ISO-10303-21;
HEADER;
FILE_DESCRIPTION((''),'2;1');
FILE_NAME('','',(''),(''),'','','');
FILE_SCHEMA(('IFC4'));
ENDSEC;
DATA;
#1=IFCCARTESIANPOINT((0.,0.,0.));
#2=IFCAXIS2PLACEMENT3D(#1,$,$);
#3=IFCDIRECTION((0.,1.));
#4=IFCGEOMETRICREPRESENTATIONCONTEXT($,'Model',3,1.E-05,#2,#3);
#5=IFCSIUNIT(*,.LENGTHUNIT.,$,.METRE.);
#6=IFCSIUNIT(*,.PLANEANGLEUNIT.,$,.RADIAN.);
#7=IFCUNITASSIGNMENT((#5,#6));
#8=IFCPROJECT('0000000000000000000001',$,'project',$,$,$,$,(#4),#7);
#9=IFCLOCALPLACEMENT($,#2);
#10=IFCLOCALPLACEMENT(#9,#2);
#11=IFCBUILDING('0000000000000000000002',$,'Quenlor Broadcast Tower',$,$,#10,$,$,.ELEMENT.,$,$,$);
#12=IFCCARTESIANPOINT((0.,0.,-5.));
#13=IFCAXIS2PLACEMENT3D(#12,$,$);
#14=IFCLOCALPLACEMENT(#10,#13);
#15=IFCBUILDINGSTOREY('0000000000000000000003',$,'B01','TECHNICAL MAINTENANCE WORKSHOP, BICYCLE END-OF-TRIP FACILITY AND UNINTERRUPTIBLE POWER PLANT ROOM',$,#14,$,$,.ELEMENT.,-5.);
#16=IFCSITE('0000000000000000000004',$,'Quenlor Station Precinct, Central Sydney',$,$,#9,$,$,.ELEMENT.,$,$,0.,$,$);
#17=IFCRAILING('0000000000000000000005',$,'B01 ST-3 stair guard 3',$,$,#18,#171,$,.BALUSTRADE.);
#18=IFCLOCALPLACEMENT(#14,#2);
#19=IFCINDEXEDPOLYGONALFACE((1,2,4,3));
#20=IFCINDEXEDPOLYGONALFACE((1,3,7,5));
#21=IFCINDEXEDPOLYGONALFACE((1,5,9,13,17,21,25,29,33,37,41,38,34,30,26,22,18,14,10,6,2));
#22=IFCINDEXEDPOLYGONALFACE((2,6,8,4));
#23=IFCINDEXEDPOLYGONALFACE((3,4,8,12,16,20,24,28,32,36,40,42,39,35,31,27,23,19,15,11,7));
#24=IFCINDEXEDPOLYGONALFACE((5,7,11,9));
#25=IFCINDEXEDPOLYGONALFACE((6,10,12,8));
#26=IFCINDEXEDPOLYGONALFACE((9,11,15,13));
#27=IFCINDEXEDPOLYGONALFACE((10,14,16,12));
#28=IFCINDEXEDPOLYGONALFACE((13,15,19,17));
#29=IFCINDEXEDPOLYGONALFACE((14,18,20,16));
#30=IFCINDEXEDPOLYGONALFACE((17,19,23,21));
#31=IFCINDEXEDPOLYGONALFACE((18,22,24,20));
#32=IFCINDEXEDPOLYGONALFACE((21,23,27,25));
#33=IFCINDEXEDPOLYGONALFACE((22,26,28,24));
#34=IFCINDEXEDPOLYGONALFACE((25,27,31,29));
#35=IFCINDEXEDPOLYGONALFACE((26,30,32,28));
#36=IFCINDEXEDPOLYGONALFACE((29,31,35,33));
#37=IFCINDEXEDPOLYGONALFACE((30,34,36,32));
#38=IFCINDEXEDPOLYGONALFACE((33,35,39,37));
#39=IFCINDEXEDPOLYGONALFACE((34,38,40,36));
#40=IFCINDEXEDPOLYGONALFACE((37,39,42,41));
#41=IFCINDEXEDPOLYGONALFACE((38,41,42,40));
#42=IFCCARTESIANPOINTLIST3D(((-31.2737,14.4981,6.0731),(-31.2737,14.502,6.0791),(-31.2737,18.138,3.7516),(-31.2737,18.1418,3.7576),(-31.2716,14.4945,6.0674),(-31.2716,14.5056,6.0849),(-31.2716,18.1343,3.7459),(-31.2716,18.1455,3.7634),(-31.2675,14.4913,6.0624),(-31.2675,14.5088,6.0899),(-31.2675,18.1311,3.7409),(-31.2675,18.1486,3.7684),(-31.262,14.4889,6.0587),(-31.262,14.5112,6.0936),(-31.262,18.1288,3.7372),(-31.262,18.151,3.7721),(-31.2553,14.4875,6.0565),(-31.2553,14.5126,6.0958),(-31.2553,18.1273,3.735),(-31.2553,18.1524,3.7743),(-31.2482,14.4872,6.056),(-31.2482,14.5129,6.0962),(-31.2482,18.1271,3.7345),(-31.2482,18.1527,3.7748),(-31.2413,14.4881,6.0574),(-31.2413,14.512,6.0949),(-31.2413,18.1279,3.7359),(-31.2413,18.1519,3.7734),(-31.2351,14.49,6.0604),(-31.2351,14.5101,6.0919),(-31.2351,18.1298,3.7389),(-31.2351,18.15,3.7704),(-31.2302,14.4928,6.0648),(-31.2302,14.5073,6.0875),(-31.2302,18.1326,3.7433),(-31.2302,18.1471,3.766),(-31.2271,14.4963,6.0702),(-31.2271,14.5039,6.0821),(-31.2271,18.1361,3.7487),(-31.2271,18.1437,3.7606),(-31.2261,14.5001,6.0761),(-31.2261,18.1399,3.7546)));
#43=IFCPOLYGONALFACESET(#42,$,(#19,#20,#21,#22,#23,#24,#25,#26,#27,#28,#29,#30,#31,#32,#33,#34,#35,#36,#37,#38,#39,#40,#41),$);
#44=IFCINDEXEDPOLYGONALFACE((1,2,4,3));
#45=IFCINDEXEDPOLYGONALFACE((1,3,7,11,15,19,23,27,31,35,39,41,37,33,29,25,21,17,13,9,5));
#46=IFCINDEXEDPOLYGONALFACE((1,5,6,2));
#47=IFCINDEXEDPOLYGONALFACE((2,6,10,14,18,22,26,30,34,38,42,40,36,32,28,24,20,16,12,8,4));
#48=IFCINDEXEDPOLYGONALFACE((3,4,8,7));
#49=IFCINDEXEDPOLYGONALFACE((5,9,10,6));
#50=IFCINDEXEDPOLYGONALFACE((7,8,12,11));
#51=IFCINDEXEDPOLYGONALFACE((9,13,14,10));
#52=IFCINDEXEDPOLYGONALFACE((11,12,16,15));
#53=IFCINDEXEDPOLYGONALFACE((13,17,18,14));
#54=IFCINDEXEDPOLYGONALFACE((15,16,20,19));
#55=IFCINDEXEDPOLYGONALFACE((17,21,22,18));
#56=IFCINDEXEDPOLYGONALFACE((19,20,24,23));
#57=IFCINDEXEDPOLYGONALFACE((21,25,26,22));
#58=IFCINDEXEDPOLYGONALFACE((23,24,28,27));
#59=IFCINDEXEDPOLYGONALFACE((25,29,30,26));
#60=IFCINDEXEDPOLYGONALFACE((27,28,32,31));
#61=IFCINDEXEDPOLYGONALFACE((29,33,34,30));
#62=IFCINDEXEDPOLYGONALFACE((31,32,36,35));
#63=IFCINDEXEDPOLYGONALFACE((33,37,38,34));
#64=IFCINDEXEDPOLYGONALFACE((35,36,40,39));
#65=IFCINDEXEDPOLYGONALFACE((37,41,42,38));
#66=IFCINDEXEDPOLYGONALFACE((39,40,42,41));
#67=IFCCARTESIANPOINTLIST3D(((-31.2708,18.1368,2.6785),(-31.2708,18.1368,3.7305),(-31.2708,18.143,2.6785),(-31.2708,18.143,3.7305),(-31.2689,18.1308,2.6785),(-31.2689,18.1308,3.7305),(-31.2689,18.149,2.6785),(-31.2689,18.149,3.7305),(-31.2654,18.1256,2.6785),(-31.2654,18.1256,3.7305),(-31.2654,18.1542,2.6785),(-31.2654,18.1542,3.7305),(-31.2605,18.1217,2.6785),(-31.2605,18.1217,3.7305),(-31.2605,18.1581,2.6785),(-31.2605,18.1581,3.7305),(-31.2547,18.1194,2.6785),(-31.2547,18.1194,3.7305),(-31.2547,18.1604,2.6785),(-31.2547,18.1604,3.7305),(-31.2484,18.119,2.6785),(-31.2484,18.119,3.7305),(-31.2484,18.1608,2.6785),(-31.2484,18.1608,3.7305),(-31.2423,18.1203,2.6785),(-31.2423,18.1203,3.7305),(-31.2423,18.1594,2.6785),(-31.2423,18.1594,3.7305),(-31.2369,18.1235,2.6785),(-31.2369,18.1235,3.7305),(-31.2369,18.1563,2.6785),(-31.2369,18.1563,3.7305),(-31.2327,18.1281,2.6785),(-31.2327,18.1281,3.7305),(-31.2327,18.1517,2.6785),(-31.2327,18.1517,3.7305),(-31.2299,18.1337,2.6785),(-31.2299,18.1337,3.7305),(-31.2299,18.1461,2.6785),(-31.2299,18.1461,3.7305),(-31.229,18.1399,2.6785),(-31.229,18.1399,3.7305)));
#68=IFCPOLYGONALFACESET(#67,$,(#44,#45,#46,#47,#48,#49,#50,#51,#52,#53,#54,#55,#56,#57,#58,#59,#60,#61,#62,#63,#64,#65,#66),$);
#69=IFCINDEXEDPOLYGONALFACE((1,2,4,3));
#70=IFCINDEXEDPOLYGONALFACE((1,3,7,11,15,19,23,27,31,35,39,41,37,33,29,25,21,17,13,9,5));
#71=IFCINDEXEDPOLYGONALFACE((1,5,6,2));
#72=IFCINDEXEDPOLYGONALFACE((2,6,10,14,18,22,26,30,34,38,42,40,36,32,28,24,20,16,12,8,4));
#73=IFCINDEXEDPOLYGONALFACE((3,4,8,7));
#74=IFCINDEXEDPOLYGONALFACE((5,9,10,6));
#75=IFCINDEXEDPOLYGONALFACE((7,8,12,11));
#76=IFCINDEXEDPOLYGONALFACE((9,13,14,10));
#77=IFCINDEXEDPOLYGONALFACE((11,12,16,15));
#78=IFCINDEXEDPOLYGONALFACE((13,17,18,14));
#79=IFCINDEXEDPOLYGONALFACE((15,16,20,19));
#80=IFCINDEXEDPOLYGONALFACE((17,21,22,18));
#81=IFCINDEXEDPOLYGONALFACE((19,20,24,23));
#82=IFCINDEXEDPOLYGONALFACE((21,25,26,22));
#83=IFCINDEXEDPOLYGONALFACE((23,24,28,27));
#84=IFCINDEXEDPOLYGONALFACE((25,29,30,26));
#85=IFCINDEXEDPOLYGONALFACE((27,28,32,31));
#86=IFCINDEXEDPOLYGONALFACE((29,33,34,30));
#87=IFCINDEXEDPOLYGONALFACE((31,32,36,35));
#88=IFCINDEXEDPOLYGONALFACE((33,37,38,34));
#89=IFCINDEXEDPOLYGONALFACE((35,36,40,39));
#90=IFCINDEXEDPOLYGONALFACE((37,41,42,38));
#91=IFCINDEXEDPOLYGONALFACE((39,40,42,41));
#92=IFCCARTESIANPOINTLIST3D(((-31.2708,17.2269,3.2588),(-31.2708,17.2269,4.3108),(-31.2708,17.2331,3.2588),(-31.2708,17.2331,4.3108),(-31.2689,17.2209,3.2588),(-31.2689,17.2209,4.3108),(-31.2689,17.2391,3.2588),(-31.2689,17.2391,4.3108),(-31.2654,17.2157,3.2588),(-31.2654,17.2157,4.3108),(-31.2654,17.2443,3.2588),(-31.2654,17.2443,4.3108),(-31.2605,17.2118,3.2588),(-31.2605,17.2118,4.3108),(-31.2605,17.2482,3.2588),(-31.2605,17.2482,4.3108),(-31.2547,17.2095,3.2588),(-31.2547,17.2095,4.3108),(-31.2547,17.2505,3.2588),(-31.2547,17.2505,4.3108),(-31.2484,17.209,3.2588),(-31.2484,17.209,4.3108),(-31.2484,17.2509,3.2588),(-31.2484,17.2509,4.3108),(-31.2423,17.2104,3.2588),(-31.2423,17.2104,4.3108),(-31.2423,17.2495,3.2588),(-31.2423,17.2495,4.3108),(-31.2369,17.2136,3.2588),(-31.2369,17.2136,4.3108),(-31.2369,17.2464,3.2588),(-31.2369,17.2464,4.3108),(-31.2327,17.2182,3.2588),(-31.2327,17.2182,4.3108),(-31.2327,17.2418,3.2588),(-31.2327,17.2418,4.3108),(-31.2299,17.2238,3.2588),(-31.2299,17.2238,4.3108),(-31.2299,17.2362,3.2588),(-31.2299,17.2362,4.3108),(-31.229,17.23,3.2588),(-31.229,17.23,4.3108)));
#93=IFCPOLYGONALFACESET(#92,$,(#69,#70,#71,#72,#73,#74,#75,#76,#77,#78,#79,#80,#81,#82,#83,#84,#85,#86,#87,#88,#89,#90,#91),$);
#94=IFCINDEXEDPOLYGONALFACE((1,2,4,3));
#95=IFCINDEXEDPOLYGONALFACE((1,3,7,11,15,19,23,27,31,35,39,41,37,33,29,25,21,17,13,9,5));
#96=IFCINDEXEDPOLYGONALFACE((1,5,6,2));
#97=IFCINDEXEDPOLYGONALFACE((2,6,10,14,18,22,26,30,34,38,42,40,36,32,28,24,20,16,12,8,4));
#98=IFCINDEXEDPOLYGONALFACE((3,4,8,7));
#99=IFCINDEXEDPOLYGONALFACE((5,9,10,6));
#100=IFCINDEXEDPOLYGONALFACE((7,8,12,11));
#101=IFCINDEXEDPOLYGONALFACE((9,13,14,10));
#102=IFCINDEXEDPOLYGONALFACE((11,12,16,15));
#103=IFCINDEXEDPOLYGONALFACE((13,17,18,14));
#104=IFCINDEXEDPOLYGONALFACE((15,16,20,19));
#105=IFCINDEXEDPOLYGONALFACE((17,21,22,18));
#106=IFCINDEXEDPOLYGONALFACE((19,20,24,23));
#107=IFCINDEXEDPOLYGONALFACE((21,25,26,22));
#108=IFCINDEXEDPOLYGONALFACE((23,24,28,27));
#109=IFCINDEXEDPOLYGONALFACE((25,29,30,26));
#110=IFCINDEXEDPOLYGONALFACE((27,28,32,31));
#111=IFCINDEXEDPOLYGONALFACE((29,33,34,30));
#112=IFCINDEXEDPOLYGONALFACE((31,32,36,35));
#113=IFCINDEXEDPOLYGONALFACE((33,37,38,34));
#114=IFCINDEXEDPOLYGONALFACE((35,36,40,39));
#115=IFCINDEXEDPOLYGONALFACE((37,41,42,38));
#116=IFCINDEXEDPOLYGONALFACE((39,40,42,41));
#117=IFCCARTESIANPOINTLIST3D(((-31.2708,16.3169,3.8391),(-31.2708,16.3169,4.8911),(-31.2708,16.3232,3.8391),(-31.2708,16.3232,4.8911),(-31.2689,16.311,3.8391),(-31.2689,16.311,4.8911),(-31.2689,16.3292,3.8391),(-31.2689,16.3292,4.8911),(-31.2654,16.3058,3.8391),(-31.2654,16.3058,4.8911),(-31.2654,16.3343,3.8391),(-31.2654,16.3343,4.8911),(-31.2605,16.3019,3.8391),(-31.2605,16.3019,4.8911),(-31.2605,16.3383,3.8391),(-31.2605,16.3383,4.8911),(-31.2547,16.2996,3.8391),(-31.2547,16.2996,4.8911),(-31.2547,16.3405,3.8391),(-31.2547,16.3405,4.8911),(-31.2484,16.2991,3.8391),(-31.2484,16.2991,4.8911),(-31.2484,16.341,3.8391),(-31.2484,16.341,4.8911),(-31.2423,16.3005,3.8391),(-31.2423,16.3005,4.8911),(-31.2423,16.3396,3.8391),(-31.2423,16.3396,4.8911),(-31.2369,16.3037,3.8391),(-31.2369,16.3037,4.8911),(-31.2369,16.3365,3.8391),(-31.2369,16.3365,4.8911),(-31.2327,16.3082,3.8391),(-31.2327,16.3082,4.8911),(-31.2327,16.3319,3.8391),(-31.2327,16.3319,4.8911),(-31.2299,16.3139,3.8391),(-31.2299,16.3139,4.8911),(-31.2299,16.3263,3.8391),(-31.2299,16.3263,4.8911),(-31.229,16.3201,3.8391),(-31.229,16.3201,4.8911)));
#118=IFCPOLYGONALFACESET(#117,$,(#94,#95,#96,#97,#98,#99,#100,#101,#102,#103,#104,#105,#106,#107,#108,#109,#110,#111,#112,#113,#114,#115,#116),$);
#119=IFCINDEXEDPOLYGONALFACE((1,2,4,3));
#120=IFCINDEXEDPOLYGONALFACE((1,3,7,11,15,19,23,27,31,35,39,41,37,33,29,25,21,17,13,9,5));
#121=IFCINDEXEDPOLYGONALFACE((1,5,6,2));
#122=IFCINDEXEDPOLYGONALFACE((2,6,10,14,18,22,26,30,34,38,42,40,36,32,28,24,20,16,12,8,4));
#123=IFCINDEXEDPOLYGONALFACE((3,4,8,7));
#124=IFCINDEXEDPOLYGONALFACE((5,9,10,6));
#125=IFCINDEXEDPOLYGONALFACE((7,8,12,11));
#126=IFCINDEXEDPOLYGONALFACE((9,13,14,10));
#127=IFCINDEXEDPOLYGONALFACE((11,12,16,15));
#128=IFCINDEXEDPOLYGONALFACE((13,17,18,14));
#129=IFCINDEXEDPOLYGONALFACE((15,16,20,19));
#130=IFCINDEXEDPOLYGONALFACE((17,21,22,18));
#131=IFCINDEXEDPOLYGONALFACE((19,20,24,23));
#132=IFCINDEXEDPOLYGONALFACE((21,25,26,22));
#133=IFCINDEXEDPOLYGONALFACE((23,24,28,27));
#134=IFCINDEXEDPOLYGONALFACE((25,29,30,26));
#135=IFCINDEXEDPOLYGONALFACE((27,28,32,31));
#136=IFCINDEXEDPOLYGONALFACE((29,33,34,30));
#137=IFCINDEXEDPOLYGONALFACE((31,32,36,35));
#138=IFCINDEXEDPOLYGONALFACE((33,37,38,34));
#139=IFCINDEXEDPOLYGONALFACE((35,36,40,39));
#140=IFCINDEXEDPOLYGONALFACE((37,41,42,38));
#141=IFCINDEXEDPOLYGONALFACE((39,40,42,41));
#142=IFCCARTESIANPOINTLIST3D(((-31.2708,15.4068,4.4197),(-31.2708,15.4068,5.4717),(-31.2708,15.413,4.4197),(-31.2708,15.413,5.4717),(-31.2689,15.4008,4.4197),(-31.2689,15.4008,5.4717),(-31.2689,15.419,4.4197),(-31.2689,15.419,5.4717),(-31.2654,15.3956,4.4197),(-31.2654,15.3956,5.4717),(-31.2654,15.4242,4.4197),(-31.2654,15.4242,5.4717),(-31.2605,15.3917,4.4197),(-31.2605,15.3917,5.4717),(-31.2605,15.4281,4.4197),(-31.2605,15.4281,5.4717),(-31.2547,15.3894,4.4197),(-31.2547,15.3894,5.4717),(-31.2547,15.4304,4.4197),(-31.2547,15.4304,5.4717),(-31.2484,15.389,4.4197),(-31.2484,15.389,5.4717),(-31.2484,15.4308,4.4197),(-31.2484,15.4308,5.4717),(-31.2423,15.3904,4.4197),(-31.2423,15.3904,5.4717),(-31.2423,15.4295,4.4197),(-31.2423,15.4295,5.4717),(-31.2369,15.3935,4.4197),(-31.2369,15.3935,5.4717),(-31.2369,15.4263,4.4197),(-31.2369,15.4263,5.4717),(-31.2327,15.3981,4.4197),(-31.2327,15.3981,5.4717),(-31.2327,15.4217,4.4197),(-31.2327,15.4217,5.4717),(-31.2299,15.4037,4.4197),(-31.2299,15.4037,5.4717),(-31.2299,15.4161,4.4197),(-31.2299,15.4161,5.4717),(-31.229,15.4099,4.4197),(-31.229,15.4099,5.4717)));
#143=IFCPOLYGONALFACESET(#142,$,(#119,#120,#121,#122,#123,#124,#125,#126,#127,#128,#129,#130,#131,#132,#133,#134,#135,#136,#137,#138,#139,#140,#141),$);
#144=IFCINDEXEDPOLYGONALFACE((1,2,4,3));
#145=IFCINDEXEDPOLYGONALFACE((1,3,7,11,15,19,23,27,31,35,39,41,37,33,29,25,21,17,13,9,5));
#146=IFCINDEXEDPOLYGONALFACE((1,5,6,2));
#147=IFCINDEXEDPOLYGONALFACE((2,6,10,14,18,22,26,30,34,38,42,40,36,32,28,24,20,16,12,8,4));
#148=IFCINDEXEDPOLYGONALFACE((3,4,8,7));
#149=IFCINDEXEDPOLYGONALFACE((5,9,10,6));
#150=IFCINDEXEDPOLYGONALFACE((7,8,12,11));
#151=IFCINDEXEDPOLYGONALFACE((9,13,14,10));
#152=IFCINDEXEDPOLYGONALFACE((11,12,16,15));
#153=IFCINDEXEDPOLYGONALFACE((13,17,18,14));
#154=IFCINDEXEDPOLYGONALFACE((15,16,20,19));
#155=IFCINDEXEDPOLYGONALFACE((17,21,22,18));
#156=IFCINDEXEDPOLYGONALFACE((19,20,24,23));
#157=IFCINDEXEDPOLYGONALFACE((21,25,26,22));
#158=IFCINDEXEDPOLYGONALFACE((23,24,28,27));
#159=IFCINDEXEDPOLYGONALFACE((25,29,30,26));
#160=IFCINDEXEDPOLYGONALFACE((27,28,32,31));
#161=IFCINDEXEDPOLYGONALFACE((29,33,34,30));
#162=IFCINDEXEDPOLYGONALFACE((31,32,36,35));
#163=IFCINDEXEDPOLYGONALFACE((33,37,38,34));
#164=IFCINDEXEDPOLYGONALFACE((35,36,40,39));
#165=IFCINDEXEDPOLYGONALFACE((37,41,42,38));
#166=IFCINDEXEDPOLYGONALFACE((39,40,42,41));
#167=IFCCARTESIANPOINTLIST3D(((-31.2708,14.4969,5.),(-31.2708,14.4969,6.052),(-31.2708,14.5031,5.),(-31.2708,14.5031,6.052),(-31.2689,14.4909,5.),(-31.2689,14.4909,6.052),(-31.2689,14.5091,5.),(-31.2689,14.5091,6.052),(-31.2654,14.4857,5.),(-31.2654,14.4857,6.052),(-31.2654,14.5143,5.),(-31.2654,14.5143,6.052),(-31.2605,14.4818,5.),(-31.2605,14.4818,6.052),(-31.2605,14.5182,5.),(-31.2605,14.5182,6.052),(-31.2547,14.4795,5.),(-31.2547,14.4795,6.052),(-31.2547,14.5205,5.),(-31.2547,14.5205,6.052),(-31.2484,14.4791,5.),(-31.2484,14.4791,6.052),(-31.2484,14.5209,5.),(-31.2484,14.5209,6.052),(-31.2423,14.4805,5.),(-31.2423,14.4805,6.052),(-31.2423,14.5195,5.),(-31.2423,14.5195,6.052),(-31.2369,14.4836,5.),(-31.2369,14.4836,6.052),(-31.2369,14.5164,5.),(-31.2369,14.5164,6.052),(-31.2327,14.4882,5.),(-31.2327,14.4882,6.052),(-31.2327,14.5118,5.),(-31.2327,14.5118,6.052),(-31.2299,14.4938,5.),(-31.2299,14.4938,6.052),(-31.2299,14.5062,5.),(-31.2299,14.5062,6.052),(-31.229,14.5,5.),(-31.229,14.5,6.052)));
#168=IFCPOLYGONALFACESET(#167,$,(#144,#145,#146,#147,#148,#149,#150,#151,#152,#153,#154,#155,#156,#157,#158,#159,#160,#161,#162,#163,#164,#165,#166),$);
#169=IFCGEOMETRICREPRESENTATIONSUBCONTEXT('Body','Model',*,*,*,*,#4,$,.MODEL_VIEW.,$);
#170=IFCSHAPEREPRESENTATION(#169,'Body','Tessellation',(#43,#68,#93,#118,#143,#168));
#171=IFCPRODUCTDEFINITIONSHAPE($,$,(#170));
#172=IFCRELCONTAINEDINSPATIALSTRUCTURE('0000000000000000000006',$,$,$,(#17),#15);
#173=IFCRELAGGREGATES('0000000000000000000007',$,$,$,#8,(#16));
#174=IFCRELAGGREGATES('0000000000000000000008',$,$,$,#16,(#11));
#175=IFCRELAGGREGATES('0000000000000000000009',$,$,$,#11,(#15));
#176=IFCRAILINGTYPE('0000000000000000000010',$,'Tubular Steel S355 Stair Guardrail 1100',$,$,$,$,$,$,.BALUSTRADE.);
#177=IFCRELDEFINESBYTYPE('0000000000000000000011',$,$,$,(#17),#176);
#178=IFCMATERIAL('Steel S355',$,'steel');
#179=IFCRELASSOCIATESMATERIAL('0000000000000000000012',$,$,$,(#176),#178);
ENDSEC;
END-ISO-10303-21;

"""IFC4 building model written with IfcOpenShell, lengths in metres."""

from ifc_helpers import new_model, si_unit, direction, frame, origin, origin_2d, place, context, subcontext, project, spatial, circle, extrude, material, type_object, element, save


model = new_model("IFC4")

# Units and contexts
model_context = context("Model", 3, precision=1e-05, world=origin(), true_north=direction((0.0, 1.0)))
body_context = subcontext(model_context, "Body", "Model", "MODEL_VIEW")
ifc_project = project(units=[si_unit("LENGTHUNIT", "METRE"), si_unit("PLANEANGLEUNIT", "RADIAN")], contexts=[model_context])

# Site, building, storey
site_placement = place(None, origin())
site = spatial("IfcSite", under=ifc_project, at=site_placement, Name="Quenlor Station Precinct, Central Sydney", CompositionType="ELEMENT", RefElevation=0.0)
building_placement = place(site_placement, origin())
building = spatial("IfcBuilding", under=site, at=building_placement, Name="Quenlor Broadcast Tower", CompositionType="ELEMENT")
storey_placement = place(building_placement, frame((0.0, 0.0, -5.0)))
storey = spatial("IfcBuildingStorey", under=building, at=storey_placement, Name="B01", Description="TECHNICAL MAINTENANCE WORKSHOP, BICYCLE END-OF-TRIP FACILITY AND UNINTERRUPTIBLE POWER PLANT ROOM", CompositionType="ELEMENT", Elevation=-5.0)

# Railing
ifc_material_1 = material(Name="Steel S355", Category="steel")
railing_type_1 = type_object("IfcRailingType", Name="Tubular Steel S355 Stair Guardrail 1100", PredefinedType="BALUSTRADE", material=ifc_material_1)
railing_1_placement = place(storey_placement, frame((-31.25, 18.1399, 2.6785)))
element("IfcRailing", 1, at=railing_1_placement, inside=storey, type_object=railing_type_1, Name="B01 ST-3 stair guard 3", PredefinedType="BALUSTRADE", context=body_context, shape_type="SweptSolid", body=[
    extrude(circle(Radius=0.0239, at=origin_2d()), frame((0.0, 0.0, 1.0762), z_axis=(0.0, -0.843112, 0.537739), x_axis=(1.0, 0.0, 0.0)), (0.0, 0.0, 1.0), 4.3171),
    extrude(circle(Radius=0.021, at=origin_2d()), origin(), (0.0, 0.0, 1.0), 1.052),
    extrude(circle(Radius=0.021, at=origin_2d()), frame((0.0, -0.9099, 0.5803)), (0.0, 0.0, 1.0), 1.052),
    extrude(circle(Radius=0.021, at=origin_2d()), frame((0.0, -1.8198, 1.1606)), (0.0, 0.0, 1.0), 1.052),
    extrude(circle(Radius=0.021, at=origin_2d()), frame((0.0, -2.73, 1.7412)), (0.0, 0.0, 1.0), 1.052),
    extrude(circle(Radius=0.021, at=origin_2d()), frame((0.0, -3.6399, 2.3215)), (0.0, 0.0, 1.0), 1.052),
])

save(model, "model.ifc")
